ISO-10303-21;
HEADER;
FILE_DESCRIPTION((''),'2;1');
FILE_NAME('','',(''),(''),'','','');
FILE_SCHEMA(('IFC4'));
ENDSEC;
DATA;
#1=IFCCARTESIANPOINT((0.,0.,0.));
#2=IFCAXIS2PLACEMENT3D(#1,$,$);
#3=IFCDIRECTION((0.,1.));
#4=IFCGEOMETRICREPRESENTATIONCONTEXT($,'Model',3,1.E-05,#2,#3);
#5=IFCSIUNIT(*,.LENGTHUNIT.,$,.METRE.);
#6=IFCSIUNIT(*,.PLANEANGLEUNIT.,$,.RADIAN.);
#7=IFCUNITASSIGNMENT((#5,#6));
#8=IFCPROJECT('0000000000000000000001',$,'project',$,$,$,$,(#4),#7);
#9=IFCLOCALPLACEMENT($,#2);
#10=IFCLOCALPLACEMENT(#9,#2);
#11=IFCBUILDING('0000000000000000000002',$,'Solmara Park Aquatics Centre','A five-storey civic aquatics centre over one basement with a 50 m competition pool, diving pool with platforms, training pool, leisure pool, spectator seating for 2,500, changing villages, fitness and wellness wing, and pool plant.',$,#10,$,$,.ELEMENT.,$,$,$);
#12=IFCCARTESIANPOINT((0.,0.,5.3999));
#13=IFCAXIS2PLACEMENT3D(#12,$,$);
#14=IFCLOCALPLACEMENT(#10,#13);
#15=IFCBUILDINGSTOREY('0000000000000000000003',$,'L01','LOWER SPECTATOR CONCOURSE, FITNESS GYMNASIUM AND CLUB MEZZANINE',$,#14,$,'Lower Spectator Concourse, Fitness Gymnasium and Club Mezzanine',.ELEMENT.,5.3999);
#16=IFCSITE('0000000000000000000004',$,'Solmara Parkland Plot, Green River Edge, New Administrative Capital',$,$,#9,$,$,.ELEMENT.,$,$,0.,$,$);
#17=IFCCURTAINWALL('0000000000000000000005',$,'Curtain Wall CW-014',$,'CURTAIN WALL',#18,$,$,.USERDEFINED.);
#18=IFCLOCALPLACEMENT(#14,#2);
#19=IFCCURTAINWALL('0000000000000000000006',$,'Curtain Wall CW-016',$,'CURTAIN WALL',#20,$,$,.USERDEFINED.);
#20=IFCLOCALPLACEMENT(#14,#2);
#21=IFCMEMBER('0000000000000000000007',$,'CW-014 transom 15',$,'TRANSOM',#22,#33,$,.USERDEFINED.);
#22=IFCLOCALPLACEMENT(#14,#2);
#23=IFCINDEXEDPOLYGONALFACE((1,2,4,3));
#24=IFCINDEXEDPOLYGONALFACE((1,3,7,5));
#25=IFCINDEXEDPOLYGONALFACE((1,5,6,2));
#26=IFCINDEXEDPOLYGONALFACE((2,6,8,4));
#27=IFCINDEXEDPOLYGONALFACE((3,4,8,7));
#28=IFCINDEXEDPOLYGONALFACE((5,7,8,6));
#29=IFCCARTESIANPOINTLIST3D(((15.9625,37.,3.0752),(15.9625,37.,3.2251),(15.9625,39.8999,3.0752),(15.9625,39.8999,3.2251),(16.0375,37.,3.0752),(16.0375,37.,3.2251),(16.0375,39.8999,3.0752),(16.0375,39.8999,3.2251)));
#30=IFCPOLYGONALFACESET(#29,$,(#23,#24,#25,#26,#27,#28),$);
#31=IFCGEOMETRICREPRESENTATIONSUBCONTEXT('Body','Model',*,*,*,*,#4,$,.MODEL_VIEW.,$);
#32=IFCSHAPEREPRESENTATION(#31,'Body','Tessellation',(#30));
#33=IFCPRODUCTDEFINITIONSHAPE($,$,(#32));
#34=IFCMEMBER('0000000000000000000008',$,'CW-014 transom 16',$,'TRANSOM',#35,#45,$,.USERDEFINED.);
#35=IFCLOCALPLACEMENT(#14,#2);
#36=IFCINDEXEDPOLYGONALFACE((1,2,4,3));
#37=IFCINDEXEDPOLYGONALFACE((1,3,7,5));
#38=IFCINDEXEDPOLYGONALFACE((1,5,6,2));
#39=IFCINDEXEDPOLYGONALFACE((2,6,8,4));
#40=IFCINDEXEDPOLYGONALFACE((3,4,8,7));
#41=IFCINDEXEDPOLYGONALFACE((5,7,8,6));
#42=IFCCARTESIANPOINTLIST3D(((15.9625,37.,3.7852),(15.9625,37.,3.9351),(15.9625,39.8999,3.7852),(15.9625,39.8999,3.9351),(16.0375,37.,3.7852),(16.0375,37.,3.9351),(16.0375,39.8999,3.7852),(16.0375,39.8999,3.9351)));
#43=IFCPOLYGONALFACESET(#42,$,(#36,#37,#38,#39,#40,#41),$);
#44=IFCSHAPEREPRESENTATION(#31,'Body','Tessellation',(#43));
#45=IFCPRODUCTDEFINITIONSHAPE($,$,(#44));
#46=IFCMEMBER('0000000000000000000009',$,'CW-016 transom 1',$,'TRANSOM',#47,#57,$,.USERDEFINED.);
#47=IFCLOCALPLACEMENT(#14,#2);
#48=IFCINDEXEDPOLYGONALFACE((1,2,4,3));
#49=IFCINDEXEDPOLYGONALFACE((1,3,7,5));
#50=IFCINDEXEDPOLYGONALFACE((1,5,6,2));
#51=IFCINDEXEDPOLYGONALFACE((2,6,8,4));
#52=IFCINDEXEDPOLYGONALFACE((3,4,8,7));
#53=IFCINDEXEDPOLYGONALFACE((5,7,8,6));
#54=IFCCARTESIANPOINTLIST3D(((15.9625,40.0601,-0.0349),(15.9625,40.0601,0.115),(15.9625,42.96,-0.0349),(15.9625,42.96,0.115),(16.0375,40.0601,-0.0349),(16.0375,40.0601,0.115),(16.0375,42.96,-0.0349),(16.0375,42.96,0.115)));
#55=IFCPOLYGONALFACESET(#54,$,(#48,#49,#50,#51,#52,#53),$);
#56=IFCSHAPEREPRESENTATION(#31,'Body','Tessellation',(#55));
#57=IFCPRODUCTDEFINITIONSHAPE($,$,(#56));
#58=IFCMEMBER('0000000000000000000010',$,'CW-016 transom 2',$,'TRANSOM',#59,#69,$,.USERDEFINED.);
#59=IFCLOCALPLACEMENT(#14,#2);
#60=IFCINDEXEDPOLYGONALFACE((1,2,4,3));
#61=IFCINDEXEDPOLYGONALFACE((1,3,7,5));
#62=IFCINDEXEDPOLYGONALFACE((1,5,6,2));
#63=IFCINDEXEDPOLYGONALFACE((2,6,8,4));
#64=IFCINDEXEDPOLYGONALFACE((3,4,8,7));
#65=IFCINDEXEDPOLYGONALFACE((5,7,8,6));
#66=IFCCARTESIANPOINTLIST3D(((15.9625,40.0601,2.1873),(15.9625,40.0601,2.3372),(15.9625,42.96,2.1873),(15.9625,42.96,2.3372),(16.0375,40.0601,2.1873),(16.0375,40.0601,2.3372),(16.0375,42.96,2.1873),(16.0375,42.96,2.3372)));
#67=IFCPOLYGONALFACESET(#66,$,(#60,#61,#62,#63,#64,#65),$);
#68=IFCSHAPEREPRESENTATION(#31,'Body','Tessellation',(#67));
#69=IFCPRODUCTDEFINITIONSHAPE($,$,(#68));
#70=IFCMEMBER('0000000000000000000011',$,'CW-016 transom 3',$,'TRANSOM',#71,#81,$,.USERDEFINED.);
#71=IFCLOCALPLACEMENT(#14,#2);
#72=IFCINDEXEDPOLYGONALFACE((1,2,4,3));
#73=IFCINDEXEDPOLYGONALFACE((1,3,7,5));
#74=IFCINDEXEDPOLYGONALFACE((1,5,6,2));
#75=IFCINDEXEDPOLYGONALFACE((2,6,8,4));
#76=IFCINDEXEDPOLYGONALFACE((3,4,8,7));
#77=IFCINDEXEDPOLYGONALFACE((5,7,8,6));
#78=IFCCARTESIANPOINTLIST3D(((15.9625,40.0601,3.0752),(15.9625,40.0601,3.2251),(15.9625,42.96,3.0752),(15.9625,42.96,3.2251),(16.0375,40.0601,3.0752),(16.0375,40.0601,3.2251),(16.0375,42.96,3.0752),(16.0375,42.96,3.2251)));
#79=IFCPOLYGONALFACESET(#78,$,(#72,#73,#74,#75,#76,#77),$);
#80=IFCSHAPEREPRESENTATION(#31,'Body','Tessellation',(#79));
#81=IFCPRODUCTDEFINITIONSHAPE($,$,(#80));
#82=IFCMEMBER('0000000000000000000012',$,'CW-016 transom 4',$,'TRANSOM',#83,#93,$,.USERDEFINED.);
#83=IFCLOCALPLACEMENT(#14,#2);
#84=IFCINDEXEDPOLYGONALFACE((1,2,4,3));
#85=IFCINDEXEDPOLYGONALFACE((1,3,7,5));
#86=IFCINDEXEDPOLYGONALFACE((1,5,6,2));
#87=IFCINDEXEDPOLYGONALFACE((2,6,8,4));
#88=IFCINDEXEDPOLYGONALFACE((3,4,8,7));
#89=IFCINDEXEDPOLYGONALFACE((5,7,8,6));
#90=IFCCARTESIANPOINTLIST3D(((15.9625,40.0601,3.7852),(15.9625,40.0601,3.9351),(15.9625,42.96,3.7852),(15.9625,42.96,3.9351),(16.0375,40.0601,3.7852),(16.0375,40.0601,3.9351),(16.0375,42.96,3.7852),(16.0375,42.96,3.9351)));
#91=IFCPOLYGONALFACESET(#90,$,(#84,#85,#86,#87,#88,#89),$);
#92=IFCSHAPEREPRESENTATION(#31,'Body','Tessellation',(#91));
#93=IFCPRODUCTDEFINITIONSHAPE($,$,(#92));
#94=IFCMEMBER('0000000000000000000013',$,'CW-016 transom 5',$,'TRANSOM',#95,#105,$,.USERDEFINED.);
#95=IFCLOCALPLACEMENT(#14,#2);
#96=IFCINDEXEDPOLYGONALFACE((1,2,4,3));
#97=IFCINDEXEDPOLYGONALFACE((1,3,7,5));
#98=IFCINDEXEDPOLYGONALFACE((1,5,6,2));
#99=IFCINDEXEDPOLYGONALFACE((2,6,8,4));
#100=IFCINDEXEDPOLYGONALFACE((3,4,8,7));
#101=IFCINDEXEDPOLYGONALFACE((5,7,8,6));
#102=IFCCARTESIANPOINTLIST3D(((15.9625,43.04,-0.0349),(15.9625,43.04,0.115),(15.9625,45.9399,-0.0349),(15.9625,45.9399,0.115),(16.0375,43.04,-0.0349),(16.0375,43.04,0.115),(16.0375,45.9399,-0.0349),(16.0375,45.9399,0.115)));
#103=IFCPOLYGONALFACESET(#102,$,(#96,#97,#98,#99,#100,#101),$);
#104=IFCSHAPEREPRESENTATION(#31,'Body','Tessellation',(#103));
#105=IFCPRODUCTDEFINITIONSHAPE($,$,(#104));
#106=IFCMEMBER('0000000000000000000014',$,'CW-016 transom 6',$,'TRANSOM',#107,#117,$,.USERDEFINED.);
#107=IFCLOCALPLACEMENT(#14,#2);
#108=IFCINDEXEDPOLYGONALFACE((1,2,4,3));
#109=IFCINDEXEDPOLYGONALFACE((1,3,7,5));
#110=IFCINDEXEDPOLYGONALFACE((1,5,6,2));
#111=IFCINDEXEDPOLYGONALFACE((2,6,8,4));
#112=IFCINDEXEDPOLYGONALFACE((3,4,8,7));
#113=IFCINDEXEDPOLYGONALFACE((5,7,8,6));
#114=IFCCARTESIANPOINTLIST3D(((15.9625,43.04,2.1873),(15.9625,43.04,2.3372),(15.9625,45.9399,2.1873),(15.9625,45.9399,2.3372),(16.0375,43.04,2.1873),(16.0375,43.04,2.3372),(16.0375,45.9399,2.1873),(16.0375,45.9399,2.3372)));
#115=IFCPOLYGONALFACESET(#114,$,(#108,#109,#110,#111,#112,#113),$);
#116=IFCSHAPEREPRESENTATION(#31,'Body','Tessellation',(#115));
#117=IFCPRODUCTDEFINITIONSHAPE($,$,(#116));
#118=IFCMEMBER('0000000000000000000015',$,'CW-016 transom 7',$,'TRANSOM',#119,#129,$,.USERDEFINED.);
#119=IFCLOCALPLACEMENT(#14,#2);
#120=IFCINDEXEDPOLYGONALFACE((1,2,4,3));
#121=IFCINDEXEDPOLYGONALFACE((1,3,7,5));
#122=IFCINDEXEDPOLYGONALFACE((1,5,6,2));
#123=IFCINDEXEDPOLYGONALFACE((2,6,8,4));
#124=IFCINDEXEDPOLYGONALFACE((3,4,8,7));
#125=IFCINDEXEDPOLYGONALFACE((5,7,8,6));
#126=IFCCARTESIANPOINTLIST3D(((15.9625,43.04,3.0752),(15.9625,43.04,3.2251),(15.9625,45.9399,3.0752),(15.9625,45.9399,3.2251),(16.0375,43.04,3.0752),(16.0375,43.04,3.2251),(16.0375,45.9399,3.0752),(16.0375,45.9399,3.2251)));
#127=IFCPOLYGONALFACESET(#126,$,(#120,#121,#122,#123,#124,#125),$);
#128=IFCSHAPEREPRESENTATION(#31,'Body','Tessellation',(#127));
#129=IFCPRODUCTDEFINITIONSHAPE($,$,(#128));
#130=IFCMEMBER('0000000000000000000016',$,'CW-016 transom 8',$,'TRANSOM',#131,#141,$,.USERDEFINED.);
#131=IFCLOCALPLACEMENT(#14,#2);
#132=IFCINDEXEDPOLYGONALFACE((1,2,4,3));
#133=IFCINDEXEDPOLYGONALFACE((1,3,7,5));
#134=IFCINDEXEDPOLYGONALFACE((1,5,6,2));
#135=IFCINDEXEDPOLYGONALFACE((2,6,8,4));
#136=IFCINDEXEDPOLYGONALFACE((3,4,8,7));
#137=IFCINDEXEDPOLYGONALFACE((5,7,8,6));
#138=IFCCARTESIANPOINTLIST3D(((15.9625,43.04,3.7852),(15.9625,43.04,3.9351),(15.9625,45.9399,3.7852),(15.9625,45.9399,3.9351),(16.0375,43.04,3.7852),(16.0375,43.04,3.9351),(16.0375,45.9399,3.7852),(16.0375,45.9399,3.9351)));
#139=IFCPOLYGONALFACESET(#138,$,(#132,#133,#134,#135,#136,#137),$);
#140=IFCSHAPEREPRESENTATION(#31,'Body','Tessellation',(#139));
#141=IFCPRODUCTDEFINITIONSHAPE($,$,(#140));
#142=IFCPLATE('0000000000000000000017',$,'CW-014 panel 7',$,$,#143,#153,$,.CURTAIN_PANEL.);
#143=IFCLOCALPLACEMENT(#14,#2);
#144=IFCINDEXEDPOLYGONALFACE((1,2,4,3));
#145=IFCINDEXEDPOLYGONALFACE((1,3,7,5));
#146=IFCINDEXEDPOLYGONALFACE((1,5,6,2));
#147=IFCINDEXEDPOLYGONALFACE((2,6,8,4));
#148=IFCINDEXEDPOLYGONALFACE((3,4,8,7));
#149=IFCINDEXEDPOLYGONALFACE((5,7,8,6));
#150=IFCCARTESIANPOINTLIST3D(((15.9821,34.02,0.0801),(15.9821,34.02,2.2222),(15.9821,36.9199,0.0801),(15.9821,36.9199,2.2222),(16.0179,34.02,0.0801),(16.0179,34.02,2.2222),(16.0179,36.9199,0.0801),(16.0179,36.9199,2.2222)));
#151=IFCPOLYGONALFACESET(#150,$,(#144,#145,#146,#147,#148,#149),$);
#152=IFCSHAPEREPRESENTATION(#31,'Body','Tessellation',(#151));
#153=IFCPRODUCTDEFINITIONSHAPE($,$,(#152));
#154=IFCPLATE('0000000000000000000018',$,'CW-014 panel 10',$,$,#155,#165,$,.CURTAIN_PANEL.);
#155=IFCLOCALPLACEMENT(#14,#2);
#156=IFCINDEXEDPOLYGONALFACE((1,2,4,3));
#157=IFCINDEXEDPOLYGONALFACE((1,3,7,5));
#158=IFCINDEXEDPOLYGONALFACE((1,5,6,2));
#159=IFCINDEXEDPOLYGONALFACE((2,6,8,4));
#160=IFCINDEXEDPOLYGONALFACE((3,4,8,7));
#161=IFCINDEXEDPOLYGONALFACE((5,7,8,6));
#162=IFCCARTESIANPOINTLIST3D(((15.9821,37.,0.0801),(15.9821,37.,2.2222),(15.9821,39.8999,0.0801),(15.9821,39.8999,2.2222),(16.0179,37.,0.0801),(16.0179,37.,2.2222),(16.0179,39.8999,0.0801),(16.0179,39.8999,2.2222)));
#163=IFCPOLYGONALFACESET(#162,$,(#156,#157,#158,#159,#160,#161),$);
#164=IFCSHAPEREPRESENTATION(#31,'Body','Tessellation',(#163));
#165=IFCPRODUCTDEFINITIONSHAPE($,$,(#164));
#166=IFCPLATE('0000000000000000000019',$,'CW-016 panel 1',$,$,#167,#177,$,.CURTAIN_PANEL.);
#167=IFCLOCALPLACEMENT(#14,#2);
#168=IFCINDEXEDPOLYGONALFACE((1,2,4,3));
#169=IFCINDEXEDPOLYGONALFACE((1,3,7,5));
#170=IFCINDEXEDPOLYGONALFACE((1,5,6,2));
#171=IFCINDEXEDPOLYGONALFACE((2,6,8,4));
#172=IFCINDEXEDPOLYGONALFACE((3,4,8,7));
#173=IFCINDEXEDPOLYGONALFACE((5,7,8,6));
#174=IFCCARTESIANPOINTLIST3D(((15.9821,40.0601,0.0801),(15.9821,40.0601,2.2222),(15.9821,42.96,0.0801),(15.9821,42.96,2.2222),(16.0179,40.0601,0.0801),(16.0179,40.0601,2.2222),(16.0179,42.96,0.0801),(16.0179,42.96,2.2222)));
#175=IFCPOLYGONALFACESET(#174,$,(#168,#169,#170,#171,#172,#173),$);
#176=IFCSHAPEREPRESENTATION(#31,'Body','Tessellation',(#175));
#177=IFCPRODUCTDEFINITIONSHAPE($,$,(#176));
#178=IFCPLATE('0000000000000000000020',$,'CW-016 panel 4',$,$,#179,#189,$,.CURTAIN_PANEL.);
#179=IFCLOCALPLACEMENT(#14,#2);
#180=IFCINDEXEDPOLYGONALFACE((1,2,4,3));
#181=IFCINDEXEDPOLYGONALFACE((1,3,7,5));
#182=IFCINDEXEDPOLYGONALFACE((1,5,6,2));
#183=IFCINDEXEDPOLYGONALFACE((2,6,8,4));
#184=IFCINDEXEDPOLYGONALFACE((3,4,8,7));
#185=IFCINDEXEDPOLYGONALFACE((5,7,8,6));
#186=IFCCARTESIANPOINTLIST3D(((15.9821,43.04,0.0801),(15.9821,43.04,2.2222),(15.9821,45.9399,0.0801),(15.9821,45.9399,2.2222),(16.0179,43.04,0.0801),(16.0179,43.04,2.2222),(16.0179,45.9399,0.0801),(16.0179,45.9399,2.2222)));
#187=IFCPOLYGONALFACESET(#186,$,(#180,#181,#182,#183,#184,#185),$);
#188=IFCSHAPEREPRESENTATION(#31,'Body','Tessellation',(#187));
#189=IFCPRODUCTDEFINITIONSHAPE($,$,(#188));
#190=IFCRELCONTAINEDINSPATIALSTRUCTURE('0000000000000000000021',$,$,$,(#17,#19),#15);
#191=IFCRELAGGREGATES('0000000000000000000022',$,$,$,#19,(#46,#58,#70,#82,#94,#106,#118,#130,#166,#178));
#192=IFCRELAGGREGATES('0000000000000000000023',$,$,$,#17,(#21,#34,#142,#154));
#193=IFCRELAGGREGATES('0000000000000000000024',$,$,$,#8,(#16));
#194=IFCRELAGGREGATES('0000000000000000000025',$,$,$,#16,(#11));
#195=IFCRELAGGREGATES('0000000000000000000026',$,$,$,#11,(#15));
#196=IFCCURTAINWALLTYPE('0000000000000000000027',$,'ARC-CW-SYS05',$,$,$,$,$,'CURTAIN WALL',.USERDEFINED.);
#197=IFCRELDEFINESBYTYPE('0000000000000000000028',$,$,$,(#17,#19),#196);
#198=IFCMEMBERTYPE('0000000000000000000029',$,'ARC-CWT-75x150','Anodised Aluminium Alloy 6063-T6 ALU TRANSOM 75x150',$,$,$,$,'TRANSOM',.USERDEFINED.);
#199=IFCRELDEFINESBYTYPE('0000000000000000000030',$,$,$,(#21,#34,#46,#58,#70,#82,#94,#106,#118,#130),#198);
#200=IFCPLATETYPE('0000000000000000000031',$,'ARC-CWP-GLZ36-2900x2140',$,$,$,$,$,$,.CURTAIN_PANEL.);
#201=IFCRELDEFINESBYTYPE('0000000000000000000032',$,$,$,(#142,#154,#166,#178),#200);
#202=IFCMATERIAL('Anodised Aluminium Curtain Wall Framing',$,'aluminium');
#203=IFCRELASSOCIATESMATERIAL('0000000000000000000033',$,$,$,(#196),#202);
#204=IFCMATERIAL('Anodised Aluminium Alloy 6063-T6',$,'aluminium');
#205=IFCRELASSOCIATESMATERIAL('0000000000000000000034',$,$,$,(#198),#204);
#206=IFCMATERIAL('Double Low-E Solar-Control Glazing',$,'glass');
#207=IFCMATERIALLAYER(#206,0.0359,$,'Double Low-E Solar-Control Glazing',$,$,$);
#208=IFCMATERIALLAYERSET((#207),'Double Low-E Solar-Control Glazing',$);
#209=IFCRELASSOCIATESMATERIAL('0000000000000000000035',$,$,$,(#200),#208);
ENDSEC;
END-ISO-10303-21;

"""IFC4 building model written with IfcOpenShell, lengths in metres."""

from ifc_helpers import new_model, si_unit, direction, frame, origin, origin_2d, place, context, subcontext, project, spatial, rectangle, extrude, material, layer, layer_set, material_profile, profile_set, type_object, element, aggregate, save


model = new_model("IFC4")

# Units and contexts
model_context = context("Model", 3, precision=1e-05, world=origin(), true_north=direction((0.0, 1.0)))
body_context = subcontext(model_context, "Body", "Model", "MODEL_VIEW")
ifc_project = project(units=[si_unit("LENGTHUNIT", "METRE"), si_unit("PLANEANGLEUNIT", "RADIAN")], contexts=[model_context])

# Site, building, storey
site_placement = place(None, origin())
site = spatial("IfcSite", under=ifc_project, at=site_placement, Name="Solmara Parkland Plot, Green River Edge, New Administrative Capital", CompositionType="ELEMENT", RefElevation=0.0)
building_placement = place(site_placement, origin())
building = spatial("IfcBuilding", under=site, at=building_placement, Name="Solmara Park Aquatics Centre", Description="A five-storey civic aquatics centre over one basement with a 50 m competition pool, diving pool with platforms, training pool, leisure pool, spectator seating for 2,500, changing villages, fitness and wellness wing, and pool plant.", CompositionType="ELEMENT")
storey_placement = place(building_placement, frame((0.0, 0.0, 5.3999)))
storey = spatial("IfcBuildingStorey", under=building, at=storey_placement, Name="L01", Description="LOWER SPECTATOR CONCOURSE, FITNESS GYMNASIUM AND CLUB MEZZANINE", LongName="Lower Spectator Concourse, Fitness Gymnasium and Club Mezzanine", CompositionType="ELEMENT", Elevation=5.3999)

# Curtain walls
ifc_material_1 = material(Name="Anodised Aluminium Curtain Wall Framing", Category="aluminium")
curtain_wall_type = type_object("IfcCurtainWallType", Name="ARC-CW-SYS05", ElementType="CURTAIN WALL", PredefinedType="USERDEFINED", material=ifc_material_1)
curtain_wall_1_placement = place(storey_placement, origin())
curtain_wall_1 = element("IfcCurtainWall", 1, at=curtain_wall_1_placement, inside=storey, type_object=curtain_wall_type, Name="Curtain Wall CW-014", ObjectType="CURTAIN WALL", PredefinedType="USERDEFINED")
ifc_material_2 = material(Name="Anodised Aluminium Alloy 6063-T6", Category="aluminium")
curtain_wall_2_placement = place(storey_placement, origin())
curtain_wall_2 = element("IfcCurtainWall", 2, at=curtain_wall_2_placement, inside=storey, type_object=curtain_wall_type, Name="Curtain Wall CW-016", ObjectType="CURTAIN WALL", PredefinedType="USERDEFINED")

# Members
ifc_material_profile_1 = material_profile(ifc_material_2, rectangle(XDim=0.075, YDim=0.1499, at=origin_2d()), Name="ALU TRANSOM 75x150")
ifc_profile_set_1 = profile_set([ifc_material_profile_1], Name="Anodised Aluminium Alloy 6063-T6")
member_type_1 = type_object("IfcMemberType", Name="ARC-CWT-75x150", Description="Anodised Aluminium Alloy 6063-T6 ALU TRANSOM 75x150", ElementType="TRANSOM", PredefinedType="USERDEFINED", material=ifc_profile_set_1)
member_1_placement = place(storey_placement, frame((16.0, 37.0, 3.1501), z_axis=(0.0, 1.0, 0.0), x_axis=(-1.0, 0.0, 0.0)))
member_1 = element("IfcMember", 3, at=member_1_placement, type_object=member_type_1, Name="CW-014 transom 15", ObjectType="TRANSOM", PredefinedType="USERDEFINED", context=body_context, shape_type="SweptSolid", body=[
    extrude(rectangle(XDim=0.075, YDim=0.1499, at=origin_2d()), origin(), (0.0, 0.0, 1.0), 2.8999),
])
member_2_placement = place(storey_placement, frame((16.0, 37.0, 3.8601), z_axis=(0.0, 1.0, 0.0), x_axis=(-1.0, 0.0, 0.0)))
member_2 = element("IfcMember", 4, at=member_2_placement, type_object=member_type_1, Name="CW-014 transom 16", ObjectType="TRANSOM", PredefinedType="USERDEFINED", context=body_context, shape_type="SweptSolid", body=[
    extrude(rectangle(XDim=0.075, YDim=0.1499, at=origin_2d()), origin(), (0.0, 0.0, 1.0), 2.8999),
])
member_3_placement = place(storey_placement, frame((16.0, 40.0601, 0.04), z_axis=(0.0, 1.0, 0.0), x_axis=(-1.0, 0.0, 0.0)))
member_3 = element("IfcMember", 5, at=member_3_placement, type_object=member_type_1, Name="CW-016 transom 1", ObjectType="TRANSOM", PredefinedType="USERDEFINED", context=body_context, shape_type="SweptSolid", body=[
    extrude(rectangle(XDim=0.075, YDim=0.1499, at=origin_2d()), origin(), (0.0, 0.0, 1.0), 2.8999),
])
member_4_placement = place(storey_placement, frame((16.0, 40.0601, 2.2622), z_axis=(0.0, 1.0, 0.0), x_axis=(-1.0, 0.0, 0.0)))
member_4 = element("IfcMember", 6, at=member_4_placement, type_object=member_type_1, Name="CW-016 transom 2", ObjectType="TRANSOM", PredefinedType="USERDEFINED", context=body_context, shape_type="SweptSolid", body=[
    extrude(rectangle(XDim=0.075, YDim=0.1499, at=origin_2d()), origin(), (0.0, 0.0, 1.0), 2.8999),
])
member_5_placement = place(storey_placement, frame((16.0, 40.0601, 3.1501), z_axis=(0.0, 1.0, 0.0), x_axis=(-1.0, 0.0, 0.0)))
member_5 = element("IfcMember", 7, at=member_5_placement, type_object=member_type_1, Name="CW-016 transom 3", ObjectType="TRANSOM", PredefinedType="USERDEFINED", context=body_context, shape_type="SweptSolid", body=[
    extrude(rectangle(XDim=0.075, YDim=0.1499, at=origin_2d()), origin(), (0.0, 0.0, 1.0), 2.8999),
])
member_6_placement = place(storey_placement, frame((16.0, 40.0601, 3.8601), z_axis=(0.0, 1.0, 0.0), x_axis=(-1.0, 0.0, 0.0)))
member_6 = element("IfcMember", 8, at=member_6_placement, type_object=member_type_1, Name="CW-016 transom 4", ObjectType="TRANSOM", PredefinedType="USERDEFINED", context=body_context, shape_type="SweptSolid", body=[
    extrude(rectangle(XDim=0.075, YDim=0.1499, at=origin_2d()), origin(), (0.0, 0.0, 1.0), 2.8999),
])
member_7_placement = place(storey_placement, frame((16.0, 43.04, 0.04), z_axis=(0.0, 1.0, 0.0), x_axis=(-1.0, 0.0, 0.0)))
member_7 = element("IfcMember", 9, at=member_7_placement, type_object=member_type_1, Name="CW-016 transom 5", ObjectType="TRANSOM", PredefinedType="USERDEFINED", context=body_context, shape_type="SweptSolid", body=[
    extrude(rectangle(XDim=0.075, YDim=0.1499, at=origin_2d()), origin(), (0.0, 0.0, 1.0), 2.8999),
])
member_8_placement = place(storey_placement, frame((16.0, 43.04, 2.2622), z_axis=(0.0, 1.0, 0.0), x_axis=(-1.0, 0.0, 0.0)))
member_8 = element("IfcMember", 10, at=member_8_placement, type_object=member_type_1, Name="CW-016 transom 6", ObjectType="TRANSOM", PredefinedType="USERDEFINED", context=body_context, shape_type="SweptSolid", body=[
    extrude(rectangle(XDim=0.075, YDim=0.1499, at=origin_2d()), origin(), (0.0, 0.0, 1.0), 2.8999),
])
member_9_placement = place(storey_placement, frame((16.0, 43.04, 3.1501), z_axis=(0.0, 1.0, 0.0), x_axis=(-1.0, 0.0, 0.0)))
member_9 = element("IfcMember", 11, at=member_9_placement, type_object=member_type_1, Name="CW-016 transom 7", ObjectType="TRANSOM", PredefinedType="USERDEFINED", context=body_context, shape_type="SweptSolid", body=[
    extrude(rectangle(XDim=0.075, YDim=0.1499, at=origin_2d()), origin(), (0.0, 0.0, 1.0), 2.8999),
])
member_10_placement = place(storey_placement, frame((16.0, 43.04, 3.8601), z_axis=(0.0, 1.0, 0.0), x_axis=(-1.0, 0.0, 0.0)))
member_10 = element("IfcMember", 12, at=member_10_placement, type_object=member_type_1, Name="CW-016 transom 8", ObjectType="TRANSOM", PredefinedType="USERDEFINED", context=body_context, shape_type="SweptSolid", body=[
    extrude(rectangle(XDim=0.075, YDim=0.1499, at=origin_2d()), origin(), (0.0, 0.0, 1.0), 2.8999),
])

# Plates
ifc_material_3 = material(Name="Double Low-E Solar-Control Glazing", Category="glass")
ifc_layer_1 = layer(ifc_material_3, 0.0359, Name="Double Low-E Solar-Control Glazing")
ifc_layer_set_1 = layer_set([ifc_layer_1], Name="Double Low-E Solar-Control Glazing")
plate_type_1 = type_object("IfcPlateType", Name="ARC-CWP-GLZ36-2900x2140", PredefinedType="CURTAIN_PANEL", material=ifc_layer_set_1)
plate_1_placement = place(storey_placement, frame((16.0, 35.47, 0.0801), z_axis=(0.0, 0.0, 1.0), x_axis=(0.0, 1.0, 0.0)))
plate_1 = element("IfcPlate", 13, at=plate_1_placement, type_object=plate_type_1, Name="CW-014 panel 7", PredefinedType="CURTAIN_PANEL", context=body_context, shape_type="SweptSolid", body=[
    extrude(rectangle(XDim=2.8999, YDim=0.0359, at=origin_2d()), origin(), (0.0, 0.0, 1.0), 2.1421),
])
plate_2_placement = place(storey_placement, frame((16.0, 38.45, 0.0801), z_axis=(0.0, 0.0, 1.0), x_axis=(0.0, 1.0, 0.0)))
plate_2 = element("IfcPlate", 14, at=plate_2_placement, type_object=plate_type_1, Name="CW-014 panel 10", PredefinedType="CURTAIN_PANEL", context=body_context, shape_type="SweptSolid", body=[
    extrude(rectangle(XDim=2.8999, YDim=0.0359, at=origin_2d()), origin(), (0.0, 0.0, 1.0), 2.1421),
])
plate_3_placement = place(storey_placement, frame((16.0, 41.51, 0.0801), z_axis=(0.0, 0.0, 1.0), x_axis=(0.0, 1.0, 0.0)))
plate_3 = element("IfcPlate", 15, at=plate_3_placement, type_object=plate_type_1, Name="CW-016 panel 1", PredefinedType="CURTAIN_PANEL", context=body_context, shape_type="SweptSolid", body=[
    extrude(rectangle(XDim=2.8999, YDim=0.0359, at=origin_2d()), origin(), (0.0, 0.0, 1.0), 2.1421),
])
plate_4_placement = place(storey_placement, frame((16.0, 44.49, 0.0801), z_axis=(0.0, 0.0, 1.0), x_axis=(0.0, 1.0, 0.0)))
plate_4 = element("IfcPlate", 16, at=plate_4_placement, type_object=plate_type_1, Name="CW-016 panel 4", PredefinedType="CURTAIN_PANEL", context=body_context, shape_type="SweptSolid", body=[
    extrude(rectangle(XDim=2.8999, YDim=0.0359, at=origin_2d()), origin(), (0.0, 0.0, 1.0), 2.1421),
])
aggregate(curtain_wall_2, [member_3, member_4, member_5, member_6, member_7, member_8, member_9, member_10, plate_3, plate_4])
aggregate(curtain_wall_1, [member_1, member_2, plate_1, plate_2])

save(model, "model.ifc")
